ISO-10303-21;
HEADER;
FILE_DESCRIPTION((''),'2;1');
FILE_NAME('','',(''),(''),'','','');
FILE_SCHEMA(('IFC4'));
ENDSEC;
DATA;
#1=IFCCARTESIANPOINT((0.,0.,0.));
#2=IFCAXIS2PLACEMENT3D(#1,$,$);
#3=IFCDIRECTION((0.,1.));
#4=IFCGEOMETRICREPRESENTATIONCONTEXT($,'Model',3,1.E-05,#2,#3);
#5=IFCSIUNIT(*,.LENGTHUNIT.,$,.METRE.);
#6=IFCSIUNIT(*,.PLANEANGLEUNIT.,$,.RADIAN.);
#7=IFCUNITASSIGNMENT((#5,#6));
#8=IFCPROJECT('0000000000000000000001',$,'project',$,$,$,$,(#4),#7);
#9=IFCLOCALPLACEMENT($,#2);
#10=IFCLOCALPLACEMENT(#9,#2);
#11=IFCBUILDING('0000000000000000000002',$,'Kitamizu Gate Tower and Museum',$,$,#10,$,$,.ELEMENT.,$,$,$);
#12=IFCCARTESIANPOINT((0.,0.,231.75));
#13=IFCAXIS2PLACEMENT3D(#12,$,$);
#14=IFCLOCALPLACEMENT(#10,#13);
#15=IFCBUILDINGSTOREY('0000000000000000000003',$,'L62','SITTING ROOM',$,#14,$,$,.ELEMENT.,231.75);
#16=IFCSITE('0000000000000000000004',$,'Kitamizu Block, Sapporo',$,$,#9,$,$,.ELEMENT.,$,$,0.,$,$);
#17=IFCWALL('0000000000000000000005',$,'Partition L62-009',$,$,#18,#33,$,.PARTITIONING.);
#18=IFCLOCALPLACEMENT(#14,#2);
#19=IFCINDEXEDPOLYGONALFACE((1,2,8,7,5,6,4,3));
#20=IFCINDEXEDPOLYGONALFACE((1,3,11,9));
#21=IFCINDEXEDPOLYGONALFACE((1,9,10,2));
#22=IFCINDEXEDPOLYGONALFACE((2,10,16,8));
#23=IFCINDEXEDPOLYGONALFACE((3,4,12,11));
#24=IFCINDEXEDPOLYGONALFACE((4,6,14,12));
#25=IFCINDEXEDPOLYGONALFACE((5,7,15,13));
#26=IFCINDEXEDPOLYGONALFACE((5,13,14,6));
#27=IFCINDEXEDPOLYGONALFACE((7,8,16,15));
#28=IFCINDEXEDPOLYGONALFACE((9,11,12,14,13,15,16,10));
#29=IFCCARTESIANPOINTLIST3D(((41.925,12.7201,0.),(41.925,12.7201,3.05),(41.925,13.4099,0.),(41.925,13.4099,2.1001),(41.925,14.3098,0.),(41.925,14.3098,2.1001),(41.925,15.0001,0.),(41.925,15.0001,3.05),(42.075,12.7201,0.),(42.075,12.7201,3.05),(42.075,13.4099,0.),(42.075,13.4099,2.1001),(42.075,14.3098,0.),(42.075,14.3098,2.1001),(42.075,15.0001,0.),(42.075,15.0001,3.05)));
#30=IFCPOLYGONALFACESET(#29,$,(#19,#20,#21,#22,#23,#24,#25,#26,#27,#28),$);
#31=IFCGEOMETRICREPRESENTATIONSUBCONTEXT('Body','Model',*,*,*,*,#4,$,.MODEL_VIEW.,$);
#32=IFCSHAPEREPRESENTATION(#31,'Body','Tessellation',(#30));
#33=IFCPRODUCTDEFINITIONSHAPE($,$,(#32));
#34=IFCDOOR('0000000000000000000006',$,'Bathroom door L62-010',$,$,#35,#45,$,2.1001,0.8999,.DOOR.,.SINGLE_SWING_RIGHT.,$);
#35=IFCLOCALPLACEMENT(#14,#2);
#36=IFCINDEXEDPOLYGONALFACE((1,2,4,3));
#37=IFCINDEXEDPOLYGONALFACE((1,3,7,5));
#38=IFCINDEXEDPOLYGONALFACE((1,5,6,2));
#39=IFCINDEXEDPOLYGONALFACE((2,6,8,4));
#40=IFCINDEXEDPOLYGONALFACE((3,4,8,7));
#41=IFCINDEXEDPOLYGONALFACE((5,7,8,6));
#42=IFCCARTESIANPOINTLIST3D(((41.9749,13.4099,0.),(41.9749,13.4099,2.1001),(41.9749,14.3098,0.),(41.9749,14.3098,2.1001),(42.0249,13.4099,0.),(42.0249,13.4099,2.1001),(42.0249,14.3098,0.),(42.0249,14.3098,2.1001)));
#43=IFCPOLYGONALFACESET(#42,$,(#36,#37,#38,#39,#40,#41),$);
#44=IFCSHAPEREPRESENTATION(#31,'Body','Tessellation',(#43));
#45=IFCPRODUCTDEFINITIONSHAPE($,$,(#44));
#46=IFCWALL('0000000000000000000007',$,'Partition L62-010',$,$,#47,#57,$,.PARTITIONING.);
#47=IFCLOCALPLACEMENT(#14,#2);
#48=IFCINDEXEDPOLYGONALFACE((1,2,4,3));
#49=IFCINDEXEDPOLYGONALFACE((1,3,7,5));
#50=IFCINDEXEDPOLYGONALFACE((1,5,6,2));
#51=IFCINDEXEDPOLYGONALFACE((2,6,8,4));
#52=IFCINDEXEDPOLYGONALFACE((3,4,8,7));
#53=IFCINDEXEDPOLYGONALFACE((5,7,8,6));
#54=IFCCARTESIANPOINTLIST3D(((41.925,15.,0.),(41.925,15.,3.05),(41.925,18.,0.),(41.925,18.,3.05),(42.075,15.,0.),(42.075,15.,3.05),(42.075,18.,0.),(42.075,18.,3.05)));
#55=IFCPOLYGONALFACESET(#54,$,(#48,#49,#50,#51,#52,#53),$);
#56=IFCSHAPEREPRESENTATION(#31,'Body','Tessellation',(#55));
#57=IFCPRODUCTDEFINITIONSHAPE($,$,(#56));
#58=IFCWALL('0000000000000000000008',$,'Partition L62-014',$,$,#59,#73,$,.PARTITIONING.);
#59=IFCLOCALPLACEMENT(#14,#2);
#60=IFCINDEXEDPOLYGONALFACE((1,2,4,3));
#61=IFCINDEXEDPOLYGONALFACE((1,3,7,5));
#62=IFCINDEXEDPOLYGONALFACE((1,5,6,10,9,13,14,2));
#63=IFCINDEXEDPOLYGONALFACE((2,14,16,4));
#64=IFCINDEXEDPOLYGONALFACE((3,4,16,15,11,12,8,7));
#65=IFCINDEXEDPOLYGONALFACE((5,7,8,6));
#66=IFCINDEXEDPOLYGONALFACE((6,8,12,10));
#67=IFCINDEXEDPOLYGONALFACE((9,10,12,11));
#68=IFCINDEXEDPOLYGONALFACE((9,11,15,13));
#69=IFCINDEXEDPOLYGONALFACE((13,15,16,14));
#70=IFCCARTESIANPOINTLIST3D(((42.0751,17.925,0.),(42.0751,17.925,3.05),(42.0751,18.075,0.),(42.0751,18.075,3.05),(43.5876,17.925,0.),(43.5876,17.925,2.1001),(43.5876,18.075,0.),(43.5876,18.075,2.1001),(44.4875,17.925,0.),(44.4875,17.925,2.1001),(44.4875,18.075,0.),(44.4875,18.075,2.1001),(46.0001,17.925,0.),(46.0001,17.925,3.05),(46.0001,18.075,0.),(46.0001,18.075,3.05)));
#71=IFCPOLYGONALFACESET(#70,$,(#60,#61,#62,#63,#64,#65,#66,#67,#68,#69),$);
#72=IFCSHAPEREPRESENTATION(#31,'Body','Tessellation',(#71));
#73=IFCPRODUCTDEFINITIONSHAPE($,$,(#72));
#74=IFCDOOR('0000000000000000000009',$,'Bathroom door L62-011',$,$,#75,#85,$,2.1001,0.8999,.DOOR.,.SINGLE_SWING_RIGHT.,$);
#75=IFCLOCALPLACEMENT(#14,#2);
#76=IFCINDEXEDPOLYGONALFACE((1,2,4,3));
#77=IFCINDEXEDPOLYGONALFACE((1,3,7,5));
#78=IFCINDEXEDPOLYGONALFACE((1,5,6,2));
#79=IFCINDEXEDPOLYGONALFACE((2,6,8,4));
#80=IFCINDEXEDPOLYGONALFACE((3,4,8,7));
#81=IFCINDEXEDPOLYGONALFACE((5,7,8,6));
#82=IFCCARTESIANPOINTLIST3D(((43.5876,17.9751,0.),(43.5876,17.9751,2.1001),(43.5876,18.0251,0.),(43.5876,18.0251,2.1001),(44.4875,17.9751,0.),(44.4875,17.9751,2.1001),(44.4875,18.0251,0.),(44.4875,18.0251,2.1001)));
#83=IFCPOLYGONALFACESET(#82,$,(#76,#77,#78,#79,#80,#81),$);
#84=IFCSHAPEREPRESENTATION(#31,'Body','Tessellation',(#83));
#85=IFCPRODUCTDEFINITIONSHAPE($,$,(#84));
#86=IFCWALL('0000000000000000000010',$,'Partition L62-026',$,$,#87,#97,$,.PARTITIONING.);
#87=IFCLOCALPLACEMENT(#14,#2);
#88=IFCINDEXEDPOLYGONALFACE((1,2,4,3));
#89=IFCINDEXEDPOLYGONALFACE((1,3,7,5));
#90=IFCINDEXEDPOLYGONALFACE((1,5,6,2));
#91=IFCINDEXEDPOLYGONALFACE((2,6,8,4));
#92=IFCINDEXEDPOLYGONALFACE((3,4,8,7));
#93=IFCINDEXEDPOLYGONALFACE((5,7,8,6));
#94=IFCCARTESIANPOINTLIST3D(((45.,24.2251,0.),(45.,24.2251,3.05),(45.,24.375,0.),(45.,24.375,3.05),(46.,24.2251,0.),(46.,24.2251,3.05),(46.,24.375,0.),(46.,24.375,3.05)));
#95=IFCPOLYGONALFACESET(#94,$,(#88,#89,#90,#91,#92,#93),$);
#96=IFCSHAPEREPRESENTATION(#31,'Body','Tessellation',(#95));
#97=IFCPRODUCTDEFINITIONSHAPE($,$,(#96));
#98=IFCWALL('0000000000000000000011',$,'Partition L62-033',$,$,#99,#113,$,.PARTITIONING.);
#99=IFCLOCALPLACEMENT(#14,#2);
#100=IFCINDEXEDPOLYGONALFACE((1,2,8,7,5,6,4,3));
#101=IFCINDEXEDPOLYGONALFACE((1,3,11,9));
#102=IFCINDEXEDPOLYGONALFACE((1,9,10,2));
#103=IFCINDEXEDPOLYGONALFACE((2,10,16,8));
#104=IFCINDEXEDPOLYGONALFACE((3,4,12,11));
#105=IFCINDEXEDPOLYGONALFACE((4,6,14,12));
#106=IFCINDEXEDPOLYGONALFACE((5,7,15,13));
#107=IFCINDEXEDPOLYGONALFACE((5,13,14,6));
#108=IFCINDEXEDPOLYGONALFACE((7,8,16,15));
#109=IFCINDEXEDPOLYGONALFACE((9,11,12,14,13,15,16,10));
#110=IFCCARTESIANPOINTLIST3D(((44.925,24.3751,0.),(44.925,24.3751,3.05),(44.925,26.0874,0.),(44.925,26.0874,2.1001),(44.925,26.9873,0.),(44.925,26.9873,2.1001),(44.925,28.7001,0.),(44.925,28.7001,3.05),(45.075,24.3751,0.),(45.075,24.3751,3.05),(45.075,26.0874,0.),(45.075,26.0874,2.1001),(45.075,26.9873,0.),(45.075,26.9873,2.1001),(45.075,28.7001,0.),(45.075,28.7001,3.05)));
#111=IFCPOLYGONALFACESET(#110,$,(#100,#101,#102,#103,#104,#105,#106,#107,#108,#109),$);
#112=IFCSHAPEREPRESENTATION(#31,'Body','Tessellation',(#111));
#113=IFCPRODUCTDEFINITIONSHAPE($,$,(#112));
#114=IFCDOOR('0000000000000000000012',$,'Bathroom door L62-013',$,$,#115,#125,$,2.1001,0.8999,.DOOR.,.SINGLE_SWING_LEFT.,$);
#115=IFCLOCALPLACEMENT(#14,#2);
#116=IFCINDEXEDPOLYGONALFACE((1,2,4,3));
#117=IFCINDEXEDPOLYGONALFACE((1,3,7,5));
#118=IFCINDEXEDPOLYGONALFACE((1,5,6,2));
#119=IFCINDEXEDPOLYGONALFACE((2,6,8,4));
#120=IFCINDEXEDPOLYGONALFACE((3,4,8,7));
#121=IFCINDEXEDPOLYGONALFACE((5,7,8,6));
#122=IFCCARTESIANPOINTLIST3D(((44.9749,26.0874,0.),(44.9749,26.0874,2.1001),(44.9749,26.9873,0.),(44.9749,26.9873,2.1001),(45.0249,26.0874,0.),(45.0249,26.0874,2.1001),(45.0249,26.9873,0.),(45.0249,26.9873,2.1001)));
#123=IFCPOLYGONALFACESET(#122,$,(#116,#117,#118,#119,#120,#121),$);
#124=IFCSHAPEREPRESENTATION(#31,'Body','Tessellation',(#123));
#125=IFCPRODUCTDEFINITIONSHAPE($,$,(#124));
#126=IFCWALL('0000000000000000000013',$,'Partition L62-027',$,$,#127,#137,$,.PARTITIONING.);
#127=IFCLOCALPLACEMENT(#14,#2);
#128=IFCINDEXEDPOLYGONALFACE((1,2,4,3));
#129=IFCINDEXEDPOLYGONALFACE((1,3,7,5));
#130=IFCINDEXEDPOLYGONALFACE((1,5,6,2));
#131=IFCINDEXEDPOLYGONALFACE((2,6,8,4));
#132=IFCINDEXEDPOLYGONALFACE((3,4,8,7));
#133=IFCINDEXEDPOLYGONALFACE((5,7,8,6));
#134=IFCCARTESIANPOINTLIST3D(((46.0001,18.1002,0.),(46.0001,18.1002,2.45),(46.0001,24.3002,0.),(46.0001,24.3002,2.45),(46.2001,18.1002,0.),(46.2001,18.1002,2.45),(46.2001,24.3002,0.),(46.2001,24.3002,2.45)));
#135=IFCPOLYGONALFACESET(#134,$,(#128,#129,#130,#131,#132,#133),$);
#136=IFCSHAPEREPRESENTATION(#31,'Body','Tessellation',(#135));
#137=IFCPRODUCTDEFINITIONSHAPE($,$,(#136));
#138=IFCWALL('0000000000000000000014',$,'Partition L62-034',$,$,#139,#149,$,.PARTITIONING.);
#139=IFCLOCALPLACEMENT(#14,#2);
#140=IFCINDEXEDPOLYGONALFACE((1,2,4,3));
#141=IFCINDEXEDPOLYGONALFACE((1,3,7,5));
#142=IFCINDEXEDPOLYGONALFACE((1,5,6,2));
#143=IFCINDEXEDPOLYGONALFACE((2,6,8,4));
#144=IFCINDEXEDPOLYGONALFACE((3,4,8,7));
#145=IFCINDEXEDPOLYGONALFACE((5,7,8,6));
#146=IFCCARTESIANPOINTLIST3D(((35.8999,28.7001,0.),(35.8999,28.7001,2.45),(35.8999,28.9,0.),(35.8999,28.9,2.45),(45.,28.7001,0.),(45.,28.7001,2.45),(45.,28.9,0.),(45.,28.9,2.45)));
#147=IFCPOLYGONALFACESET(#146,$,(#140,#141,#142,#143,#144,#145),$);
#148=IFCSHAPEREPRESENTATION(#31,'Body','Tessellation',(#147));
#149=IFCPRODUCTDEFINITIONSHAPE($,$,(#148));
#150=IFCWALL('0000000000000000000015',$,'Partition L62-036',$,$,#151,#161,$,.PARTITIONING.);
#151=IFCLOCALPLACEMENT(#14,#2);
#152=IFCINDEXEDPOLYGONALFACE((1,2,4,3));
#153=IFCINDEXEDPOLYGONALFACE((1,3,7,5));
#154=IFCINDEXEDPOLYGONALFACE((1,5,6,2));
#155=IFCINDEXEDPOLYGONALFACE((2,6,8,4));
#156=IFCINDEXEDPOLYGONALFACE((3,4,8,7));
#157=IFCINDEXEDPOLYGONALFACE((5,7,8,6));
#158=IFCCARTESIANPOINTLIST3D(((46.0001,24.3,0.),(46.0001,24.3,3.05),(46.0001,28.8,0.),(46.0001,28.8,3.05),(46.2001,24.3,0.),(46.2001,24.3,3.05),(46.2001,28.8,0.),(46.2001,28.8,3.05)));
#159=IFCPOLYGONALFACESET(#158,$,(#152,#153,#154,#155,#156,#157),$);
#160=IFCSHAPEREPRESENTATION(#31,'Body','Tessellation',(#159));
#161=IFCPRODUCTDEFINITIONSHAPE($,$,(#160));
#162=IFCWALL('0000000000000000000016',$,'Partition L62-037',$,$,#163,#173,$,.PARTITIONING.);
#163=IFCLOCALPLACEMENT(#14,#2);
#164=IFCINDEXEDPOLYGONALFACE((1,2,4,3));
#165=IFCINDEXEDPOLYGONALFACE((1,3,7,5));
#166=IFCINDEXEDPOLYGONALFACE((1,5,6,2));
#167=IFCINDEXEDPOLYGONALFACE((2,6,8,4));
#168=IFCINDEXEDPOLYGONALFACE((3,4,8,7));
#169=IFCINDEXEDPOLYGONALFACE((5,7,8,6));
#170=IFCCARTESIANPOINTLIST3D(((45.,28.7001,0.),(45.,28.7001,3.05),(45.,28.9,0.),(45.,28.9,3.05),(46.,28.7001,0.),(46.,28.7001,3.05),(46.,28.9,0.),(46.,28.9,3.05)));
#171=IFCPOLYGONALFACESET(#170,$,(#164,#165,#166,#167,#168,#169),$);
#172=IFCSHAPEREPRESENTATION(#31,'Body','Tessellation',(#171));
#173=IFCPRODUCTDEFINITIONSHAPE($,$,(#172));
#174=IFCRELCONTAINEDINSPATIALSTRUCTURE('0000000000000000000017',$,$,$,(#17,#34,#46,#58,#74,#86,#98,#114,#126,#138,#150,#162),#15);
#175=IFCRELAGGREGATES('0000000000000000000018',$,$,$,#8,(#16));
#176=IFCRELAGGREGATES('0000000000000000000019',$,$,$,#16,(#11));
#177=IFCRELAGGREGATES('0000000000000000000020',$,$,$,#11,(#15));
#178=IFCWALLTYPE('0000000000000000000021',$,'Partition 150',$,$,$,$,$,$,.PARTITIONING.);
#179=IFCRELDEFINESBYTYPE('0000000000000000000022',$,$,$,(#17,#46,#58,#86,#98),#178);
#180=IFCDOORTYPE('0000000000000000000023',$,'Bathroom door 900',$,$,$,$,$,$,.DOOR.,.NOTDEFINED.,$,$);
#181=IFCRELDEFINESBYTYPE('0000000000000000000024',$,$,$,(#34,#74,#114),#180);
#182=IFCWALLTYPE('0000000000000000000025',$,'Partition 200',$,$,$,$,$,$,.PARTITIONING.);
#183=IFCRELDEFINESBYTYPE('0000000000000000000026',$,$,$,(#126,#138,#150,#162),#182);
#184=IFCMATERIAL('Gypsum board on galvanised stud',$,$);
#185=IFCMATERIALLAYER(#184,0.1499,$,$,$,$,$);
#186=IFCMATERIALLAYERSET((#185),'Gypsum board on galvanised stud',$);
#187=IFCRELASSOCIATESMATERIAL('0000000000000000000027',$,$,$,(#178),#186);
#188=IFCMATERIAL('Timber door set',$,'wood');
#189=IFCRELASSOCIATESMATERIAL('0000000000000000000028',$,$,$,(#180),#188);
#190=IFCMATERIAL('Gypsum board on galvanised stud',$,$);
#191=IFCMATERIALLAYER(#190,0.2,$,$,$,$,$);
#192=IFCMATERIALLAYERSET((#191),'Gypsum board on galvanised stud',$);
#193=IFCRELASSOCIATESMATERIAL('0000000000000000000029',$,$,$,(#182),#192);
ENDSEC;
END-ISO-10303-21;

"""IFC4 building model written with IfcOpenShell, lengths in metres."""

from ifc_helpers import new_model, si_unit, direction, frame, frame_2d, origin, place, context, subcontext, project, spatial, rectangle, extrude, material, layer, layer_set, type_object, element, fill, save


model = new_model("IFC4")

# Units and contexts
model_context = context("Model", 3, precision=1e-05, world=origin(), true_north=direction((0.0, 1.0)))
body_context = subcontext(model_context, "Body", "Model", "MODEL_VIEW")
ifc_project = project(units=[si_unit("LENGTHUNIT", "METRE"), si_unit("PLANEANGLEUNIT", "RADIAN")], contexts=[model_context])

# Site, building, storey
site_placement = place(None, origin())
site = spatial("IfcSite", under=ifc_project, at=site_placement, Name="Kitamizu Block, Sapporo", CompositionType="ELEMENT", RefElevation=0.0)
building_placement = place(site_placement, origin())
building = spatial("IfcBuilding", under=site, at=building_placement, Name="Kitamizu Gate Tower and Museum", CompositionType="ELEMENT")
storey_placement = place(building_placement, frame((0.0, 0.0, 231.75)))
storey = spatial("IfcBuildingStorey", under=building, at=storey_placement, Name="L62", Description="SITTING ROOM", CompositionType="ELEMENT", Elevation=231.75)

# Wall, opening, door
ifc_material_1 = material(Name="Gypsum board on galvanised stud")
ifc_layer_1 = layer(ifc_material_1, 0.1499)
ifc_layer_set_1 = layer_set([ifc_layer_1], Name="Gypsum board on galvanised stud")
wall_type_1 = type_object("IfcWallType", Name="Partition 150", PredefinedType="PARTITIONING", material=ifc_layer_set_1)
wall_1_placement = place(storey_placement, frame((42.0, 12.72, 0.0), z_axis=(0.0, 0.0, 1.0), x_axis=(0.0, 1.0, 0.0)))
wall_1 = element("IfcWall", 1, at=wall_1_placement, inside=storey, type_object=wall_type_1, Name="Partition L62-009", PredefinedType="PARTITIONING", context=body_context, shape_type="SweptSolid", body=[
    extrude(rectangle(XDim=2.28, YDim=0.1499, at=frame_2d((1.1401, 0.0))), origin(), (0.0, 0.0, 1.0), 3.05),
])
opening_1_placement = place(wall_1_placement, frame((0.6899, 0.0, 0.0)))
opening_1 = element("IfcOpeningElement", 2, at=opening_1_placement, cuts=wall_1, PredefinedType="OPENING", context=body_context, shape_type="SweptSolid", body=[
    extrude(rectangle(XDim=0.8999, YDim=2.1001, at=frame_2d((0.45, 1.05))), frame((0.0, 0.085, 0.0), z_axis=(0.0, -1.0, 0.0), x_axis=(1.0, 0.0, 0.0)), (0.0, 0.0, 1.0), 0.1699),
])
ifc_material_2 = material(Name="Timber door set", Category="wood")
door_type_1 = type_object("IfcDoorType", Name="Bathroom door 900", OperationType="NOTDEFINED", PredefinedType="DOOR", material=ifc_material_2)
door_1_placement = place(opening_1_placement, frame((0.8999, 0.0, 0.0), x_axis=(-1.0, 0.0, 0.0)))
door_1 = element("IfcDoor", 3, at=door_1_placement, inside=storey, type_object=door_type_1, Name="Bathroom door L62-010", OperationType="SINGLE_SWING_RIGHT", OverallHeight=2.1001, OverallWidth=0.8999, PredefinedType="DOOR", context=body_context, shape_type="SweptSolid", body=[
    extrude(rectangle(XDim=0.8999, YDim=2.1001, at=frame_2d((0.45, 1.05))), frame((0.0, 0.0249, 0.0), z_axis=(0.0, -1.0, 0.0), x_axis=(1.0, 0.0, 0.0)), (0.0, 0.0, 1.0), 0.05),
])
fill(opening_1, door_1)

# Wall
wall_2_placement = place(storey_placement, frame((42.0, 15.0, 0.0), z_axis=(0.0, 0.0, 1.0), x_axis=(0.0, 1.0, 0.0)))
element("IfcWall", 4, at=wall_2_placement, inside=storey, type_object=wall_type_1, Name="Partition L62-010", PredefinedType="PARTITIONING", context=body_context, shape_type="SweptSolid", body=[
    extrude(rectangle(XDim=3.0, YDim=0.1499, at=frame_2d((1.5, 0.0))), origin(), (0.0, 0.0, 1.0), 3.05),
])

# Wall, opening, door
wall_3_placement = place(storey_placement, frame((46.0, 18.0, 0.0), z_axis=(0.0, 0.0, 1.0), x_axis=(-1.0, 0.0, 0.0)))
wall_3 = element("IfcWall", 5, at=wall_3_placement, inside=storey, type_object=wall_type_1, Name="Partition L62-014", PredefinedType="PARTITIONING", context=body_context, shape_type="SweptSolid", body=[
    extrude(rectangle(XDim=3.925, YDim=0.1499, at=frame_2d((1.9624, 0.0))), origin(), (0.0, 0.0, 1.0), 3.05),
])
opening_2_placement = place(wall_3_placement, frame((1.5125, 0.0, 0.0)))
opening_2 = element("IfcOpeningElement", 6, at=opening_2_placement, cuts=wall_3, PredefinedType="OPENING", context=body_context, shape_type="SweptSolid", body=[
    extrude(rectangle(XDim=0.8999, YDim=2.1001, at=frame_2d((0.45, 1.05))), frame((0.0, 0.085, 0.0), z_axis=(0.0, -1.0, 0.0), x_axis=(1.0, 0.0, 0.0)), (0.0, 0.0, 1.0), 0.1699),
])
door_2_placement = place(opening_2_placement, origin())
door_2 = element("IfcDoor", 7, at=door_2_placement, inside=storey, type_object=door_type_1, Name="Bathroom door L62-011", OperationType="SINGLE_SWING_RIGHT", OverallHeight=2.1001, OverallWidth=0.8999, PredefinedType="DOOR", context=body_context, shape_type="SweptSolid", body=[
    extrude(rectangle(XDim=0.8999, YDim=2.1001, at=frame_2d((0.45, 1.05))), frame((0.0, 0.0249, 0.0), z_axis=(0.0, -1.0, 0.0), x_axis=(1.0, 0.0, 0.0)), (0.0, 0.0, 1.0), 0.05),
])
fill(opening_2, door_2)

# Wall
wall_4_placement = place(storey_placement, frame((46.0, 24.3, 0.0), z_axis=(0.0, 0.0, 1.0), x_axis=(-1.0, 0.0, 0.0)))
element("IfcWall", 8, at=wall_4_placement, inside=storey, type_object=wall_type_1, Name="Partition L62-026", PredefinedType="PARTITIONING", context=body_context, shape_type="SweptSolid", body=[
    extrude(rectangle(XDim=1.0, YDim=0.1499, at=frame_2d((0.5, 0.0))), origin(), (0.0, 0.0, 1.0), 3.05),
])

# Wall, opening, door
wall_5_placement = place(storey_placement, frame((45.0, 24.375, 0.0), z_axis=(0.0, 0.0, 1.0), x_axis=(0.0, 1.0, 0.0)))
wall_5 = element("IfcWall", 9, at=wall_5_placement, inside=storey, type_object=wall_type_1, Name="Partition L62-033", PredefinedType="PARTITIONING", context=body_context, shape_type="SweptSolid", body=[
    extrude(rectangle(XDim=4.325, YDim=0.1499, at=frame_2d((2.1626, 0.0))), origin(), (0.0, 0.0, 1.0), 3.05),
])
opening_3_placement = place(wall_5_placement, frame((1.7124, 0.0, 0.0)))
opening_3 = element("IfcOpeningElement", 10, at=opening_3_placement, cuts=wall_5, PredefinedType="OPENING", context=body_context, shape_type="SweptSolid", body=[
    extrude(rectangle(XDim=0.8999, YDim=2.1001, at=frame_2d((0.45, 1.05))), frame((0.0, 0.085, 0.0), z_axis=(0.0, -1.0, 0.0), x_axis=(1.0, 0.0, 0.0)), (0.0, 0.0, 1.0), 0.1699),
])
door_3_placement = place(opening_3_placement, frame((0.8999, 0.0, 0.0), x_axis=(-1.0, 0.0, 0.0)))
door_3 = element("IfcDoor", 11, at=door_3_placement, inside=storey, type_object=door_type_1, Name="Bathroom door L62-013", OperationType="SINGLE_SWING_LEFT", OverallHeight=2.1001, OverallWidth=0.8999, PredefinedType="DOOR", context=body_context, shape_type="SweptSolid", body=[
    extrude(rectangle(XDim=0.8999, YDim=2.1001, at=frame_2d((0.45, 1.05))), frame((0.0, 0.0249, 0.0), z_axis=(0.0, -1.0, 0.0), x_axis=(1.0, 0.0, 0.0)), (0.0, 0.0, 1.0), 0.05),
])
fill(opening_3, door_3)

# Walls
ifc_material_3 = material(Name="Gypsum board on galvanised stud")
ifc_layer_2 = layer(ifc_material_3, 0.2)
ifc_layer_set_2 = layer_set([ifc_layer_2], Name="Gypsum board on galvanised stud")
wall_type_2 = type_object("IfcWallType", Name="Partition 200", PredefinedType="PARTITIONING", material=ifc_layer_set_2)
wall_6_placement = place(storey_placement, frame((46.1001, 18.1001, 0.0), z_axis=(0.0, 0.0, 1.0), x_axis=(0.0, 1.0, 0.0)))
element("IfcWall", 12, at=wall_6_placement, inside=storey, type_object=wall_type_2, Name="Partition L62-027", PredefinedType="PARTITIONING", context=body_context, shape_type="SweptSolid", body=[
    extrude(rectangle(XDim=6.2, YDim=0.2, at=frame_2d((3.1001, 0.0))), origin(), (0.0, 0.0, 1.0), 2.45),
])
wall_7_placement = place(storey_placement, frame((45.0, 28.8, 0.0), z_axis=(0.0, 0.0, 1.0), x_axis=(-1.0, 0.0, 0.0)))
element("IfcWall", 13, at=wall_7_placement, inside=storey, type_object=wall_type_2, Name="Partition L62-034", PredefinedType="PARTITIONING", context=body_context, shape_type="SweptSolid", body=[
    extrude(rectangle(XDim=9.1001, YDim=0.2, at=frame_2d((4.55, 0.0))), origin(), (0.0, 0.0, 1.0), 2.45),
])
wall_8_placement = place(storey_placement, frame((46.1001, 24.3, 0.0), z_axis=(0.0, 0.0, 1.0), x_axis=(0.0, 1.0, 0.0)))
element("IfcWall", 14, at=wall_8_placement, inside=storey, type_object=wall_type_2, Name="Partition L62-036", PredefinedType="PARTITIONING", context=body_context, shape_type="SweptSolid", body=[
    extrude(rectangle(XDim=4.5, YDim=0.2, at=frame_2d((2.25, 0.0))), origin(), (0.0, 0.0, 1.0), 3.05),
])
wall_9_placement = place(storey_placement, frame((46.0, 28.8, 0.0), z_axis=(0.0, 0.0, 1.0), x_axis=(-1.0, 0.0, 0.0)))
element("IfcWall", 15, at=wall_9_placement, inside=storey, type_object=wall_type_2, Name="Partition L62-037", PredefinedType="PARTITIONING", context=body_context, shape_type="SweptSolid", body=[
    extrude(rectangle(XDim=1.0, YDim=0.2, at=frame_2d((0.5, 0.0))), origin(), (0.0, 0.0, 1.0), 3.05),
])

save(model, "model.ifc")
